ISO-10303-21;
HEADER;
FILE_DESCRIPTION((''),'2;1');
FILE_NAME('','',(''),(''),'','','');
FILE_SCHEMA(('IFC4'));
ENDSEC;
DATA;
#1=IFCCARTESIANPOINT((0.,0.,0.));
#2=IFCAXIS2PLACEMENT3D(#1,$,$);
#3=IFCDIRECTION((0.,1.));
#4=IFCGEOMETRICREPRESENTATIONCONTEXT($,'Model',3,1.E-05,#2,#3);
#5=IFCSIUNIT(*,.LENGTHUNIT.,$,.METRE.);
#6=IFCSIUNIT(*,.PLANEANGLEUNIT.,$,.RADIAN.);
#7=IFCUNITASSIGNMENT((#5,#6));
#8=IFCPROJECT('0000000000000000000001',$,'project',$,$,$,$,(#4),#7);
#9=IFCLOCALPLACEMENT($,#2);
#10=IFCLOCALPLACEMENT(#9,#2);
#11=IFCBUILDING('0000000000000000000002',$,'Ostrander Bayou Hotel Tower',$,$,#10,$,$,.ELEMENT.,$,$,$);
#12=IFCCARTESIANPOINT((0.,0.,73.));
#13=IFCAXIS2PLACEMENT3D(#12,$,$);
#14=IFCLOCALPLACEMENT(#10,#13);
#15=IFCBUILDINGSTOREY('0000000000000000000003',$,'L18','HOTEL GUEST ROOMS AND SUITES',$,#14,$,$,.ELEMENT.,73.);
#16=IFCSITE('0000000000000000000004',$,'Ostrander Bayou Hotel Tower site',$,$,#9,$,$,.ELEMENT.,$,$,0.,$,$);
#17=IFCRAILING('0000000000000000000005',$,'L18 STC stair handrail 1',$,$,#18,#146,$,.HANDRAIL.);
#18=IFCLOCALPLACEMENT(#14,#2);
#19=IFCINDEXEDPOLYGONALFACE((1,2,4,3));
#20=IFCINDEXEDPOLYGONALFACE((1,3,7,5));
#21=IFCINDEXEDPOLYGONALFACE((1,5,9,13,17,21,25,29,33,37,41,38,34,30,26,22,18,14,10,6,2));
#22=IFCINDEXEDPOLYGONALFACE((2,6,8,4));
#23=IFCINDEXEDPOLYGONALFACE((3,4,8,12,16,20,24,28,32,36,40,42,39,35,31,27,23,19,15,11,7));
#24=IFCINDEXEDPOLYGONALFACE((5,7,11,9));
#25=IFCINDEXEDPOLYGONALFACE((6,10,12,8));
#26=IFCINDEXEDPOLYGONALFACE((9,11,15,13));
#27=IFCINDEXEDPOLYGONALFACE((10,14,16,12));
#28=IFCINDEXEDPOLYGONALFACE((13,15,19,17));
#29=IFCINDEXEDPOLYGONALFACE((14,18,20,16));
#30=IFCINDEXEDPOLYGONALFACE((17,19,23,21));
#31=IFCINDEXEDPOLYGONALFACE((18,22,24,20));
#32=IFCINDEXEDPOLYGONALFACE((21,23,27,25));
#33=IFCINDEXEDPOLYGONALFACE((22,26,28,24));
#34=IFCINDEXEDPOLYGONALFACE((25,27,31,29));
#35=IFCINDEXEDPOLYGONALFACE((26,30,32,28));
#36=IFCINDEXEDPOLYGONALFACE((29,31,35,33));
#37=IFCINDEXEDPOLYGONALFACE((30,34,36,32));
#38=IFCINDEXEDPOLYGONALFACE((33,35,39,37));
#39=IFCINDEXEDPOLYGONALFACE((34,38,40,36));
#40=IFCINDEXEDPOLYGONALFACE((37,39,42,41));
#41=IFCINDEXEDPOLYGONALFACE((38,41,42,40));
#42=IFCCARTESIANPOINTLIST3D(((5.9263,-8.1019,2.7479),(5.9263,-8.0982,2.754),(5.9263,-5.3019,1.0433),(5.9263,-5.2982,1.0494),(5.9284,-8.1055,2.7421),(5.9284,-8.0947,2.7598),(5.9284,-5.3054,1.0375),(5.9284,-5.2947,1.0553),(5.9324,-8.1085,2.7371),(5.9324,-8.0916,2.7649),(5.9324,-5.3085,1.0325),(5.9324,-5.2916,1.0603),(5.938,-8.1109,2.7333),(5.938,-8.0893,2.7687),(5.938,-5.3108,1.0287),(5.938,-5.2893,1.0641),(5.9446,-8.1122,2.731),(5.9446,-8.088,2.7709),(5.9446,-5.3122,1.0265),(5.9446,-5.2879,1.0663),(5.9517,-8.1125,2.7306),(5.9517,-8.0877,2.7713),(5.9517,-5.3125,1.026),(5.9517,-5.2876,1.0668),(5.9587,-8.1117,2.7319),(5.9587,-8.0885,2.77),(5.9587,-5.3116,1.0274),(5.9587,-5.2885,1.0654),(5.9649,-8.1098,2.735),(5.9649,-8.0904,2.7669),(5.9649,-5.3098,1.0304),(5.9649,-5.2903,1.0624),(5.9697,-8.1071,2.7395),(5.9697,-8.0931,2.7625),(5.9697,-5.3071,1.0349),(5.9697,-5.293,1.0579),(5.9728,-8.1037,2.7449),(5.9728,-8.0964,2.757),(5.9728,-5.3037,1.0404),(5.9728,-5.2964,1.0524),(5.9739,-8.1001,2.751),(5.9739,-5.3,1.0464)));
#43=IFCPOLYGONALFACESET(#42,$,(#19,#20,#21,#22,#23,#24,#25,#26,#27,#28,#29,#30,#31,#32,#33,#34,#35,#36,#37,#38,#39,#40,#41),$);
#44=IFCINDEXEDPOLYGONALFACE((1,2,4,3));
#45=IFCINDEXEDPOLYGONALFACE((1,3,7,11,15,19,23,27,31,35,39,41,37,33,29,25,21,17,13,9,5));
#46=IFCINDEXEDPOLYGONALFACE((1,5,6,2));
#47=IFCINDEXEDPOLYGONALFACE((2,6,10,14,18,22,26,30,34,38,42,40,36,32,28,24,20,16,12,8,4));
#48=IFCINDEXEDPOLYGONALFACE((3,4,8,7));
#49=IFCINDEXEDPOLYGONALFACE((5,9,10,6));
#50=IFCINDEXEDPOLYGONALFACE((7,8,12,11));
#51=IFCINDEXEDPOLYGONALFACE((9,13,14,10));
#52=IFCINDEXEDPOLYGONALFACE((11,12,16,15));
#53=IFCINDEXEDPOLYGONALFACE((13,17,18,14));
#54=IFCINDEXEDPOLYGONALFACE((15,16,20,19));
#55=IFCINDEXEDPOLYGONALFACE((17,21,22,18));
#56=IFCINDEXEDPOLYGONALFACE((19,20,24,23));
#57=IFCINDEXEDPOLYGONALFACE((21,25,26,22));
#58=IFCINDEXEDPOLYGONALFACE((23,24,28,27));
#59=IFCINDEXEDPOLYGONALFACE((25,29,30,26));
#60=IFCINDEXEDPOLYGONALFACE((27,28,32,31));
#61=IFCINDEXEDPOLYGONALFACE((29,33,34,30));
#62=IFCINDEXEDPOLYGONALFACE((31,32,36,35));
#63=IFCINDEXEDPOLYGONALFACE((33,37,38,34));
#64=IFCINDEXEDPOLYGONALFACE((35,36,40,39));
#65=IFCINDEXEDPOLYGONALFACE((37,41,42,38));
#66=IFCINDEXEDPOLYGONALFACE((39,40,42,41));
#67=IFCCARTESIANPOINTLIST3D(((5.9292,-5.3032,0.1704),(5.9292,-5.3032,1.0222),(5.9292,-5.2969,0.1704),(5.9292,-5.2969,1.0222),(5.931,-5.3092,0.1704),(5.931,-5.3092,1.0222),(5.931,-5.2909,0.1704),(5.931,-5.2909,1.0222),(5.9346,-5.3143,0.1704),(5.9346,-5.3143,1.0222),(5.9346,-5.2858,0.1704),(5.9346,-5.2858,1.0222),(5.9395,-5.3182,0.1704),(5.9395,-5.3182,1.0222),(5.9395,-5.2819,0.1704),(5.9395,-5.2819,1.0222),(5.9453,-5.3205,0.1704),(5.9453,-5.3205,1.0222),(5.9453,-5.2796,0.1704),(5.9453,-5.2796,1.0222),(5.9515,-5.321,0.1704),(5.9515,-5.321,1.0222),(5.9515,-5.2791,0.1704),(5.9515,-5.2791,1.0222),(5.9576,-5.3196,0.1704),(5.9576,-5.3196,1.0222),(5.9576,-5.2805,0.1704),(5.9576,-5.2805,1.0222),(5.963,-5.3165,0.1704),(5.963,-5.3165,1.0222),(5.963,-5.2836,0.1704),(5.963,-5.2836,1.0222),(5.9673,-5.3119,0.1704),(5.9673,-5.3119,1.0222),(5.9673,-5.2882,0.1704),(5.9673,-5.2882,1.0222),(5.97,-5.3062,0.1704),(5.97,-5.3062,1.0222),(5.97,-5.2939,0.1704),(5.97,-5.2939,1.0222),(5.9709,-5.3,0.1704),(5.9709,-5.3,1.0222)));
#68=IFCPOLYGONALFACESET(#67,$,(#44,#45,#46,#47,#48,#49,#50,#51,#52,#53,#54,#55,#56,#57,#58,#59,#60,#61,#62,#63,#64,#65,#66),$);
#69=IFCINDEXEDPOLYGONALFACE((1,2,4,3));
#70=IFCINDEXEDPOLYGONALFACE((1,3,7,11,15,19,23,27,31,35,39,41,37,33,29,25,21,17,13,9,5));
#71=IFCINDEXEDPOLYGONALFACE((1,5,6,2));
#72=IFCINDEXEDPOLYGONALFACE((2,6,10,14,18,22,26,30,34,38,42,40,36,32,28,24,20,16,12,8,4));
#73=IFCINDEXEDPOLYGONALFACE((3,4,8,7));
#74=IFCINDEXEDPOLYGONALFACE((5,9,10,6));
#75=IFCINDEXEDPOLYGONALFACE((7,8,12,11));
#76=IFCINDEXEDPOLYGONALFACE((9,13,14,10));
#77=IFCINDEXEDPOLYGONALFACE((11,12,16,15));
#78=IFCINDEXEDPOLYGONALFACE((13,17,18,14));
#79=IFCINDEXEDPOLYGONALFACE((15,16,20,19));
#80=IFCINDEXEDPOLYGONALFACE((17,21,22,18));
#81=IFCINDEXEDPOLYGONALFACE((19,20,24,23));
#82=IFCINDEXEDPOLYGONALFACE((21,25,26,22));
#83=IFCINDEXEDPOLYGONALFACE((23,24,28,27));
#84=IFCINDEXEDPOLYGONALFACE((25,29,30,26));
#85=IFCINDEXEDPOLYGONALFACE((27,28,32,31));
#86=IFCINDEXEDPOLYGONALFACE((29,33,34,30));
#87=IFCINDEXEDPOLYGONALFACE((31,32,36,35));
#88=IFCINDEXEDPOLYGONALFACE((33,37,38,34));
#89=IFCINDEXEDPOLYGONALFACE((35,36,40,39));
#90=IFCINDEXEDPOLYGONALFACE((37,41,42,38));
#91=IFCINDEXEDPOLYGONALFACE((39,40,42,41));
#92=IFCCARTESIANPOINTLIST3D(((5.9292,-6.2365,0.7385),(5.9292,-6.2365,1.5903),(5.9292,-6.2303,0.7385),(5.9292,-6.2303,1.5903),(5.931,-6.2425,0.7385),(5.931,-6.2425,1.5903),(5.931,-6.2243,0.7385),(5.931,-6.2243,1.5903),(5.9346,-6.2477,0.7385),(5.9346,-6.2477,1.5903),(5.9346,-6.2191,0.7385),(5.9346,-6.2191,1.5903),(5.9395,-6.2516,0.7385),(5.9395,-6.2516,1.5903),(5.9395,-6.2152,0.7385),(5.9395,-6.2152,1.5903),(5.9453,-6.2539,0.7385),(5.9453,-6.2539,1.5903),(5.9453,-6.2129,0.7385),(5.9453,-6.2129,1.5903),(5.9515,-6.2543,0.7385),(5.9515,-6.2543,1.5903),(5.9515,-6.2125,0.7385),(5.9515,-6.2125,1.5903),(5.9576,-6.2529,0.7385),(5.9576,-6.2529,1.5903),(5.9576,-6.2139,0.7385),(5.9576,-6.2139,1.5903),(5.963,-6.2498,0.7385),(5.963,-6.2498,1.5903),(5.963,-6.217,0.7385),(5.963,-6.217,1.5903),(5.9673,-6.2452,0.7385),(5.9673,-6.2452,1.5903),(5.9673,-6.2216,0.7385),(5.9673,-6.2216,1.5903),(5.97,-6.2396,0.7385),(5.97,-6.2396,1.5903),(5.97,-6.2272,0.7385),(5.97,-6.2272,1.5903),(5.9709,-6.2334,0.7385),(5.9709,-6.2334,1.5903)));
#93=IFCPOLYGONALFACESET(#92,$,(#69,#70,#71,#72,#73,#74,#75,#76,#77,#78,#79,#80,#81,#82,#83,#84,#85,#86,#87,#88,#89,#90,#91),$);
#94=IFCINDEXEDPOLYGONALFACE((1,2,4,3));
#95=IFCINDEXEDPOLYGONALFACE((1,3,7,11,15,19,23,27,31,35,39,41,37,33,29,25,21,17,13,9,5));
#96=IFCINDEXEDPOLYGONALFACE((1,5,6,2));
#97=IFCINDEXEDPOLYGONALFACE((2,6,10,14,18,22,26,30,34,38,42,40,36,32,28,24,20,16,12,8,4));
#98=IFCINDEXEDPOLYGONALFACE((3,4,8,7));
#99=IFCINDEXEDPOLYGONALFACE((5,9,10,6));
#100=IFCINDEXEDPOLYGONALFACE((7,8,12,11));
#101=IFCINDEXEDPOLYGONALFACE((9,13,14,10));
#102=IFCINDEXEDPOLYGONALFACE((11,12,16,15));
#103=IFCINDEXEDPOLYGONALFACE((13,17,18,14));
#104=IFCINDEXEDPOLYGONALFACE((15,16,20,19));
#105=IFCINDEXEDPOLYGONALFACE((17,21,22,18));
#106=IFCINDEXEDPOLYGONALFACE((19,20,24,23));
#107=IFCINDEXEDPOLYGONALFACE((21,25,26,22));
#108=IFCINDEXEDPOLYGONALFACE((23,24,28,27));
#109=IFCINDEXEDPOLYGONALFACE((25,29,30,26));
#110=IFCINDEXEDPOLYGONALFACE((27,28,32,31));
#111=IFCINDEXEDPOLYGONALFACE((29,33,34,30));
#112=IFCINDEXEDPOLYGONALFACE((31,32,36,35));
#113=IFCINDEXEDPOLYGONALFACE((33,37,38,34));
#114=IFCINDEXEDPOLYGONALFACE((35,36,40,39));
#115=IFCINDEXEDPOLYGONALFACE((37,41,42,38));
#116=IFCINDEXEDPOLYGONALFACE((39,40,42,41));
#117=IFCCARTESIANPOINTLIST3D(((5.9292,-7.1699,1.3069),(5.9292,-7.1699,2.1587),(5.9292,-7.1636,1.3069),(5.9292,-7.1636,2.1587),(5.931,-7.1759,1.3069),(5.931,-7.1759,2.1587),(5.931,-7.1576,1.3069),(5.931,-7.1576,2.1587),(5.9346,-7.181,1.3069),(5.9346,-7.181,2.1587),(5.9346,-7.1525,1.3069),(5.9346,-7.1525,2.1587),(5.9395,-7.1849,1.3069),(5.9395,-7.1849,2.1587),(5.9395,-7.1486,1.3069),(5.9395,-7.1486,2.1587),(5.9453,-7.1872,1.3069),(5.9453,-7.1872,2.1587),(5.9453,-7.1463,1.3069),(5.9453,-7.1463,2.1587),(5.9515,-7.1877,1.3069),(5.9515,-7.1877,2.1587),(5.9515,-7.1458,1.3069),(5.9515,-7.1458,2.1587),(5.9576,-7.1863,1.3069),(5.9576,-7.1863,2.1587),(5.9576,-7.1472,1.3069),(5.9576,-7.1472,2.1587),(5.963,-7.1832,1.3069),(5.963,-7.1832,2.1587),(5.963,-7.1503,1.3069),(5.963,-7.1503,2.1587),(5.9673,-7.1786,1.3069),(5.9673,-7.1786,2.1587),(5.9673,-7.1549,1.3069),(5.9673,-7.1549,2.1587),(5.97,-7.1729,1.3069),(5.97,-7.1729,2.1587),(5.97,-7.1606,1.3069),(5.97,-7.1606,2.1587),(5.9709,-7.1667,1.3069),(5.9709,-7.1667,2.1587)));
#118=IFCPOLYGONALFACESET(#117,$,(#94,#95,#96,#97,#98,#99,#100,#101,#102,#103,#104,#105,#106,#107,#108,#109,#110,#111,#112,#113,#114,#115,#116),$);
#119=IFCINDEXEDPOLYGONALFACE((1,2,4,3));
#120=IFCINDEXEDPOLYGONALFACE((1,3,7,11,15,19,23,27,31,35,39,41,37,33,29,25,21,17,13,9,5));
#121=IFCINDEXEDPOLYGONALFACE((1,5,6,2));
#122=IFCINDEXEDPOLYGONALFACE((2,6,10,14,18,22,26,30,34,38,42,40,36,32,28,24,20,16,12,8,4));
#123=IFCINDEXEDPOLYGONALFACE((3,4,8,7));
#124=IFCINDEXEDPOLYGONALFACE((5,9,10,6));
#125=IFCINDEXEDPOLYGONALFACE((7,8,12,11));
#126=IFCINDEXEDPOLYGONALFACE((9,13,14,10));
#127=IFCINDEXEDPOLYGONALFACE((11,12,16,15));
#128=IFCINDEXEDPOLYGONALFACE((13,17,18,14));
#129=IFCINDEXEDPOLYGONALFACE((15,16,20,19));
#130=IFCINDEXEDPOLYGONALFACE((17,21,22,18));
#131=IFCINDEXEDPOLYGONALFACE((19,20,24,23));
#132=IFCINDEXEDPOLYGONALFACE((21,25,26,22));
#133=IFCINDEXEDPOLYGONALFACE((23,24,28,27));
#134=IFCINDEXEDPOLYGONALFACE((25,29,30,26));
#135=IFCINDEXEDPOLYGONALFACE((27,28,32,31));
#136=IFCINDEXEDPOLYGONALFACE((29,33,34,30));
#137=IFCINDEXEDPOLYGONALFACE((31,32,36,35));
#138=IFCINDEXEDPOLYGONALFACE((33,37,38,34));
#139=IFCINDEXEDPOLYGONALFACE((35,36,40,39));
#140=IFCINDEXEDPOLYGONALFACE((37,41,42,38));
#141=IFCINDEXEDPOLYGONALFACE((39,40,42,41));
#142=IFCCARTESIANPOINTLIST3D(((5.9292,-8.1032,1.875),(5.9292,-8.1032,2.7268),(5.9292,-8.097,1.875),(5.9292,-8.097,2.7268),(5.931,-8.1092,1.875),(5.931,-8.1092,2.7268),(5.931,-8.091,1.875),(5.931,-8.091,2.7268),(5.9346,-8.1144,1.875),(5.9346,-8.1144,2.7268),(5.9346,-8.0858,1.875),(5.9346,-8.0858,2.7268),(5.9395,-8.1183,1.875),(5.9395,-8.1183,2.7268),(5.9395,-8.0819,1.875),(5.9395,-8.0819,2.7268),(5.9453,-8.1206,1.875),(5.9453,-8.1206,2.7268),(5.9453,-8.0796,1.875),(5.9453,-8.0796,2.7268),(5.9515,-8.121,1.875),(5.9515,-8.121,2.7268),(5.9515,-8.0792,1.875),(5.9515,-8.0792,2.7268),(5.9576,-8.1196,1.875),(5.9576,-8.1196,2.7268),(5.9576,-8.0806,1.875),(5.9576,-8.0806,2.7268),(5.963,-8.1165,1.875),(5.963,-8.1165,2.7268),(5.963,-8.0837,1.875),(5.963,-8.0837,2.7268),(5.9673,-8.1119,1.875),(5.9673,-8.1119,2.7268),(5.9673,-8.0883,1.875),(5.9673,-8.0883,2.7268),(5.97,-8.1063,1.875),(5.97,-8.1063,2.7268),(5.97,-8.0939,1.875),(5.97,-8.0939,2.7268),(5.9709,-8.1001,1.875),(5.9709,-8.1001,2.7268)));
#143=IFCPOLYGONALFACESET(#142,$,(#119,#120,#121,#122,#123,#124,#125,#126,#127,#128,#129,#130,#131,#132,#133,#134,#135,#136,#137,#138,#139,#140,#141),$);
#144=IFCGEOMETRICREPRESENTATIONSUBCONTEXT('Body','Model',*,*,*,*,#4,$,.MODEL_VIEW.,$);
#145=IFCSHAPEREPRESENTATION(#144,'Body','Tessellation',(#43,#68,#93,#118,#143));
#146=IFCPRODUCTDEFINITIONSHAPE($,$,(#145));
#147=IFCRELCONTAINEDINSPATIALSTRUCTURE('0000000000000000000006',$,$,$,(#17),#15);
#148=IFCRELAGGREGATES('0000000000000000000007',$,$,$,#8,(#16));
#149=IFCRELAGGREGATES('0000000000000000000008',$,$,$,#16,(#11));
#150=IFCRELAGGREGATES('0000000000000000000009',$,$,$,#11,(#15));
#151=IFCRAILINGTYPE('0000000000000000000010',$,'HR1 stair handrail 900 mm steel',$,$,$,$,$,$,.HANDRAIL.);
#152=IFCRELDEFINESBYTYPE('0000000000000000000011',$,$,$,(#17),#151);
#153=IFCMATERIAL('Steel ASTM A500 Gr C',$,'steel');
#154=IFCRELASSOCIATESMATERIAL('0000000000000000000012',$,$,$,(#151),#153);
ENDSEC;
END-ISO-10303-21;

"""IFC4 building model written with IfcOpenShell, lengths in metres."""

from ifc_helpers import new_model, si_unit, direction, frame, origin, origin_2d, place, context, subcontext, project, spatial, circle, extrude, material, type_object, element, save


model = new_model("IFC4")

# Units and contexts
model_context = context("Model", 3, precision=1e-05, world=origin(), true_north=direction((0.0, 1.0)))
body_context = subcontext(model_context, "Body", "Model", "MODEL_VIEW")
ifc_project = project(units=[si_unit("LENGTHUNIT", "METRE"), si_unit("PLANEANGLEUNIT", "RADIAN")], contexts=[model_context])

# Site, building, storey
site_placement = place(None, origin())
site = spatial("IfcSite", under=ifc_project, at=site_placement, Name="Ostrander Bayou Hotel Tower site", CompositionType="ELEMENT", RefElevation=0.0)
building_placement = place(site_placement, origin())
building = spatial("IfcBuilding", under=site, at=building_placement, Name="Ostrander Bayou Hotel Tower", CompositionType="ELEMENT")
storey_placement = place(building_placement, frame((0.0, 0.0, 73.0)))
storey = spatial("IfcBuildingStorey", under=building, at=storey_placement, Name="L18", Description="HOTEL GUEST ROOMS AND SUITES", CompositionType="ELEMENT", Elevation=73.0)

# Railing
ifc_material_1 = material(Name="Steel ASTM A500 Gr C", Category="steel")
railing_type_1 = type_object("IfcRailingType", Name="HR1 stair handrail 900 mm steel", PredefinedType="HANDRAIL", material=ifc_material_1)
railing_1_placement = place(storey_placement, frame((5.95, -5.3, 0.1704)))
element("IfcRailing", 1, at=railing_1_placement, inside=storey, type_object=railing_type_1, Name="L18 STC stair handrail 1", PredefinedType="HANDRAIL", context=body_context, shape_type="SweptSolid", body=[
    extrude(circle(Radius=0.0239, at=origin_2d()), frame((0.0, 0.0, 0.876), z_axis=(0.0, -0.85417, 0.519994), x_axis=(1.0, 0.0, 0.0)), (0.0, 0.0, 1.0), 3.2781),
    extrude(circle(Radius=0.021, at=origin_2d()), origin(), (0.0, 0.0, 1.0), 0.8518),
    extrude(circle(Radius=0.021, at=origin_2d()), frame((0.0, -0.9333, 0.5681)), (0.0, 0.0, 1.0), 0.8518),
    extrude(circle(Radius=0.021, at=origin_2d()), frame((0.0, -1.8667, 1.1365)), (0.0, 0.0, 1.0), 0.8518),
    extrude(circle(Radius=0.021, at=origin_2d()), frame((0.0, -2.8, 1.7046)), (0.0, 0.0, 1.0), 0.8518),
])

save(model, "model.ifc")
